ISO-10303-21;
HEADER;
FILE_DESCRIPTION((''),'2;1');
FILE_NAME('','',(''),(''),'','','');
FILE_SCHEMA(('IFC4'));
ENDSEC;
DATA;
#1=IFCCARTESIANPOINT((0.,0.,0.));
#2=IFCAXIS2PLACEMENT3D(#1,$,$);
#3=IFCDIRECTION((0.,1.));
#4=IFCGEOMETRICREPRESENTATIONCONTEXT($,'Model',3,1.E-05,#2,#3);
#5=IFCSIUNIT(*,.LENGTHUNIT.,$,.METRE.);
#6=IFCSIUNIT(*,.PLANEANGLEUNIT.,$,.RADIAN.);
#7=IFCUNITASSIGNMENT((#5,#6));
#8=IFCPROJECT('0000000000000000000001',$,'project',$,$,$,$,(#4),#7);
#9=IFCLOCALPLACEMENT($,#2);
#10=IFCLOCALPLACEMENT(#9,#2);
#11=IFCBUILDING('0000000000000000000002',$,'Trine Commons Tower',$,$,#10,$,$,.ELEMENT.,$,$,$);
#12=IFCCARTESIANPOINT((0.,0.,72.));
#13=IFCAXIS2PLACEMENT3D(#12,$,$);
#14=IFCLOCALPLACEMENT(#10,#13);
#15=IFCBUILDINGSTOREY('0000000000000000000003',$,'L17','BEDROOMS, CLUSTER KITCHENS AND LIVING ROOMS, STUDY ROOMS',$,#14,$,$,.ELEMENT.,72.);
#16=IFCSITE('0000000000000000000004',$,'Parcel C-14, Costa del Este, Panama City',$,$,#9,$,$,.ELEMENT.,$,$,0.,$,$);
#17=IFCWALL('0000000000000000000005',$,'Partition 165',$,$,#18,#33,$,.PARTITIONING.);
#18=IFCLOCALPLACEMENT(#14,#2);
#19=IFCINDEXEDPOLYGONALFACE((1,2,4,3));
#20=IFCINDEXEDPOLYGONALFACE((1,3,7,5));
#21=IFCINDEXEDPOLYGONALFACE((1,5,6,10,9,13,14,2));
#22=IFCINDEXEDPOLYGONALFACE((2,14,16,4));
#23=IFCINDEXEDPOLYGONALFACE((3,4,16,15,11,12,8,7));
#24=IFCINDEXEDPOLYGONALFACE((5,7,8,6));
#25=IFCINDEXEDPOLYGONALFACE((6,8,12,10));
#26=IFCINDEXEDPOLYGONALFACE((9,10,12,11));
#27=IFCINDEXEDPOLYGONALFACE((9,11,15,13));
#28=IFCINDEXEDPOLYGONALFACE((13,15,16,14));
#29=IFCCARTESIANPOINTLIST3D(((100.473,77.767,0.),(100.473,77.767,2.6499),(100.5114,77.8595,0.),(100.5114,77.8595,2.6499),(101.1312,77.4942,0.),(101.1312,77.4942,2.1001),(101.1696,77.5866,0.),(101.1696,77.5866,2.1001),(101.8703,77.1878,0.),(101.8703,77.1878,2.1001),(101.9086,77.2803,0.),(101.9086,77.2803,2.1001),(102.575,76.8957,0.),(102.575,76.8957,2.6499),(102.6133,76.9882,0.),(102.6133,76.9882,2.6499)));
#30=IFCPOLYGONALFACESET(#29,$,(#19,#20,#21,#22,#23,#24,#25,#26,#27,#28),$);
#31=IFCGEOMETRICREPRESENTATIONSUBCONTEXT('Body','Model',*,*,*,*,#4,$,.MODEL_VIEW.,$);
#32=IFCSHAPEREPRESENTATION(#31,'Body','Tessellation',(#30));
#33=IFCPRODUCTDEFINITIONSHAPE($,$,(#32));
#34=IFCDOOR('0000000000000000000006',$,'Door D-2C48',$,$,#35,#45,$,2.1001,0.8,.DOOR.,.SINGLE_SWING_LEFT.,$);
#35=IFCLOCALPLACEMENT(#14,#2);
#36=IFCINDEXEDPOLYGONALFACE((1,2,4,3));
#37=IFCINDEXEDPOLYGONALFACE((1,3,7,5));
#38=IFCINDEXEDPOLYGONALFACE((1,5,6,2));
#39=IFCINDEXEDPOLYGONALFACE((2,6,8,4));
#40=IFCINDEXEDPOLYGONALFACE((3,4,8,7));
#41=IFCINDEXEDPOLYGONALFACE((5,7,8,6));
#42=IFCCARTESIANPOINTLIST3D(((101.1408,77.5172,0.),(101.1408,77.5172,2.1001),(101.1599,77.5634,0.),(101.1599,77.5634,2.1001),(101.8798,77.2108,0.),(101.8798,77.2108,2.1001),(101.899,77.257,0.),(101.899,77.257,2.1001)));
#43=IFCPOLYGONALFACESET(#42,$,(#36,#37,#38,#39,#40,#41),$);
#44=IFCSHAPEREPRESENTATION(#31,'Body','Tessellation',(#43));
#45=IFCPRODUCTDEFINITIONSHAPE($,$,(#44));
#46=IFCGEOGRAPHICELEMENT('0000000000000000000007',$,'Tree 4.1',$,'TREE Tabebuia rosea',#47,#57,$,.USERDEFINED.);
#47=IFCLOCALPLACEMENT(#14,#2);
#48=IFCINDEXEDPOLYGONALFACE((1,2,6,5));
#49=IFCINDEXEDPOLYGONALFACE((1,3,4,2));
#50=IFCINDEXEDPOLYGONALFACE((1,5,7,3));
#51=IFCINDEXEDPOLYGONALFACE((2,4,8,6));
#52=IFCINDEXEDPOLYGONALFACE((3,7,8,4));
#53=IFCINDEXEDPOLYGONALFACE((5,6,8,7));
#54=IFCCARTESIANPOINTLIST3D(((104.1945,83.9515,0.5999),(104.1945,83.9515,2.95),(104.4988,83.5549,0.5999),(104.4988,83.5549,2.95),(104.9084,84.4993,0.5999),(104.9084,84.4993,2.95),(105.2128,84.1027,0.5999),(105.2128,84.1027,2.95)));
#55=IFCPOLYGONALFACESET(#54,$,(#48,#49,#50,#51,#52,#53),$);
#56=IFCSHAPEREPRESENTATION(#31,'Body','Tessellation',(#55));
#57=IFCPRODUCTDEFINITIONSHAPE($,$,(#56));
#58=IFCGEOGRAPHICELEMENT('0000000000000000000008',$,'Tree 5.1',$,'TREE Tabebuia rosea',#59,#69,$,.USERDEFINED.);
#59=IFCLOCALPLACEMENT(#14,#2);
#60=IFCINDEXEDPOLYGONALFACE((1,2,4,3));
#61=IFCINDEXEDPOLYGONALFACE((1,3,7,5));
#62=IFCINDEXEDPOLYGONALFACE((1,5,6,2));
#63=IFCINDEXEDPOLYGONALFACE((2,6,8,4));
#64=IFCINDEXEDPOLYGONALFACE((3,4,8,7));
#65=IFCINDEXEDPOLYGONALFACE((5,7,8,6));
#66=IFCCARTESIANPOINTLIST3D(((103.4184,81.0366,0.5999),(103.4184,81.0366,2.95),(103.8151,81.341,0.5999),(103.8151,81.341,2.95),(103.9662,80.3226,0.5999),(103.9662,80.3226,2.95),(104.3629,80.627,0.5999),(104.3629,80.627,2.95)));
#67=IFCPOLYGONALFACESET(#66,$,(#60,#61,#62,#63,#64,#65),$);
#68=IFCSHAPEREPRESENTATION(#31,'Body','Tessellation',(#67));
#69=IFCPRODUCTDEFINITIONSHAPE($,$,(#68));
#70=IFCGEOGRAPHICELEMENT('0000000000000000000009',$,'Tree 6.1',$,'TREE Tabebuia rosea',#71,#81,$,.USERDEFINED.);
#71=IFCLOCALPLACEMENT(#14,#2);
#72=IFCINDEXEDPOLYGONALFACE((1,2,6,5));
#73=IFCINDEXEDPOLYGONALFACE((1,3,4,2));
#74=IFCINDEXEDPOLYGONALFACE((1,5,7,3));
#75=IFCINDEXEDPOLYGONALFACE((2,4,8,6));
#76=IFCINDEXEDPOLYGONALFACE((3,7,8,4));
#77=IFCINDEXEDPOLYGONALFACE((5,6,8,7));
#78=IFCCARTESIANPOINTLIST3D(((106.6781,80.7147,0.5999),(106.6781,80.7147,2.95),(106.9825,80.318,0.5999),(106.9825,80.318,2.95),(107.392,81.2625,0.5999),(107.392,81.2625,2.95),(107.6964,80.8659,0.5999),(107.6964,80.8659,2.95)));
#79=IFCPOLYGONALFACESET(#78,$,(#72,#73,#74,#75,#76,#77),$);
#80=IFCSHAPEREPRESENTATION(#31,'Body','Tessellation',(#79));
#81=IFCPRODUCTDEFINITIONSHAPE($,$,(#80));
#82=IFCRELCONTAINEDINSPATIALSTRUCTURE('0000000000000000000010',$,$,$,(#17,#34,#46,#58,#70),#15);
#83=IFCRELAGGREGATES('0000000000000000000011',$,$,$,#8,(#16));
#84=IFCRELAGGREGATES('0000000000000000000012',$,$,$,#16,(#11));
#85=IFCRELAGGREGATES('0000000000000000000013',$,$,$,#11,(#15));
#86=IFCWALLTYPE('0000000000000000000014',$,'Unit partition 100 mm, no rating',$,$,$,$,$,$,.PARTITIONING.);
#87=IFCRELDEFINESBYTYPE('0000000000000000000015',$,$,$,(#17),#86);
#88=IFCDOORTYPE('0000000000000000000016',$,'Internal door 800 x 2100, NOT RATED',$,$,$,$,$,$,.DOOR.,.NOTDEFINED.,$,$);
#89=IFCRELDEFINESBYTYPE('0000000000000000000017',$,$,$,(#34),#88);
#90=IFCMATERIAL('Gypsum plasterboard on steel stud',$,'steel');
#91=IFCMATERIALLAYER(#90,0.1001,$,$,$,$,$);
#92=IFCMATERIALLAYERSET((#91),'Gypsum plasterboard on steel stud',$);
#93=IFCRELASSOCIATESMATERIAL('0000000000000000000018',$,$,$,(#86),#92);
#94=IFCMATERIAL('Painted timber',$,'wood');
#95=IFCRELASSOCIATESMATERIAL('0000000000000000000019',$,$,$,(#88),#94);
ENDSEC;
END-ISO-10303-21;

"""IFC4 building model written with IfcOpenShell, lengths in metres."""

from ifc_helpers import new_model, si_unit, direction, frame, frame_2d, origin, origin_2d, place, context, subcontext, project, spatial, rectangle, extrude, material, layer, layer_set, type_object, element, fill, save


model = new_model("IFC4")

# Units and contexts
model_context = context("Model", 3, precision=1e-05, world=origin(), true_north=direction((0.0, 1.0)))
body_context = subcontext(model_context, "Body", "Model", "MODEL_VIEW")
ifc_project = project(units=[si_unit("LENGTHUNIT", "METRE"), si_unit("PLANEANGLEUNIT", "RADIAN")], contexts=[model_context])

# Site, building, storey
site_placement = place(None, origin())
site = spatial("IfcSite", under=ifc_project, at=site_placement, Name="Parcel C-14, Costa del Este, Panama City", CompositionType="ELEMENT", RefElevation=0.0)
building_placement = place(site_placement, origin())
building = spatial("IfcBuilding", under=site, at=building_placement, Name="Trine Commons Tower", CompositionType="ELEMENT")
storey_placement = place(building_placement, frame((0.0, 0.0, 72.0)))
storey = spatial("IfcBuildingStorey", under=building, at=storey_placement, Name="L17", Description="BEDROOMS, CLUSTER KITCHENS AND LIVING ROOMS, STUDY ROOMS", CompositionType="ELEMENT", Elevation=72.0)

# Shared definitions
ifc_material_1 = material(Name="Gypsum plasterboard on steel stud", Category="steel")

# Wall, opening, door
ifc_layer_1 = layer(ifc_material_1, 0.1001)
ifc_layer_set_1 = layer_set([ifc_layer_1], Name="Gypsum plasterboard on steel stud")
wall_type_1 = type_object("IfcWallType", Name="Unit partition 100 mm, no rating", PredefinedType="PARTITIONING", material=ifc_layer_set_1)
wall_1_placement = place(storey_placement, frame((100.4922, 77.8132, 0.0), z_axis=(0.0, 0.0, 1.0), x_axis=(0.92378, -0.382923, 0.0)))
wall_1 = element("IfcWall", 1, at=wall_1_placement, inside=storey, type_object=wall_type_1, Name="Partition 165", PredefinedType="PARTITIONING", context=body_context, shape_type="SweptSolid", body=[
    extrude(rectangle(XDim=2.2754, YDim=0.1001, at=frame_2d((1.1377, 0.0))), origin(), (0.0, 0.0, 1.0), 2.6499),
])
opening_1_placement = place(wall_1_placement, frame((0.7126, 0.0, 0.0)))
opening_1 = element("IfcOpeningElement", 2, at=opening_1_placement, cuts=wall_1, PredefinedType="OPENING", context=body_context, shape_type="SweptSolid", body=[
    extrude(rectangle(XDim=0.8, YDim=2.1001, at=frame_2d((0.3999, 1.05))), frame((0.0, 0.0601, 0.0), z_axis=(0.0, -1.0, 0.0), x_axis=(1.0, 0.0, 0.0)), (0.0, 0.0, 1.0), 0.1201),
])
ifc_material_2 = material(Name="Painted timber", Category="wood")
door_type_1 = type_object("IfcDoorType", Name="Internal door 800 x 2100, NOT RATED", OperationType="NOTDEFINED", PredefinedType="DOOR", material=ifc_material_2)
door_1_placement = place(opening_1_placement, origin())
door_1 = element("IfcDoor", 3, at=door_1_placement, inside=storey, type_object=door_type_1, Name="Door D-2C48", OperationType="SINGLE_SWING_LEFT", OverallHeight=2.1001, OverallWidth=0.8, PredefinedType="DOOR", context=body_context, shape_type="SweptSolid", body=[
    extrude(rectangle(XDim=0.8, YDim=2.1001, at=frame_2d((0.3999, 1.05))), frame((0.0, 0.0249, 0.0), z_axis=(0.0, -1.0, 0.0), x_axis=(1.0, 0.0, 0.0)), (0.0, 0.0, 1.0), 0.05),
])
fill(opening_1, door_1)

# Geographic elements
for number, where, z_axis, x_axis, name in (
    (4, (104.7036, 84.0271, 0.5999), (0.0, 0.0, 1.0), (-0.793359, -0.608755, 0.0), "Tree 4.1"),
    (5, (103.8906, 80.8318, 0.5999), (0.0, 0.0, 1.0), (0.608735, -0.793374, 0.0), "Tree 5.1"),
    (6, (107.1873, 80.7903, 0.5999), (0.0, 0.0, 1.0), (0.793359, 0.608755, 0.0), "Tree 6.1"),
):
    element("IfcGeographicElement", number, at=place(storey_placement, frame(where, z_axis=z_axis, x_axis=x_axis)), inside=storey, Name=name, ObjectType="TREE Tabebuia rosea", PredefinedType="USERDEFINED", context=body_context, shape_type="SweptSolid", body=[
        extrude(rectangle(XDim=0.8999, YDim=0.5, at=origin_2d()), origin(), (0.0, 0.0, 1.0), 2.3501),
    ])

save(model, "model.ifc")
